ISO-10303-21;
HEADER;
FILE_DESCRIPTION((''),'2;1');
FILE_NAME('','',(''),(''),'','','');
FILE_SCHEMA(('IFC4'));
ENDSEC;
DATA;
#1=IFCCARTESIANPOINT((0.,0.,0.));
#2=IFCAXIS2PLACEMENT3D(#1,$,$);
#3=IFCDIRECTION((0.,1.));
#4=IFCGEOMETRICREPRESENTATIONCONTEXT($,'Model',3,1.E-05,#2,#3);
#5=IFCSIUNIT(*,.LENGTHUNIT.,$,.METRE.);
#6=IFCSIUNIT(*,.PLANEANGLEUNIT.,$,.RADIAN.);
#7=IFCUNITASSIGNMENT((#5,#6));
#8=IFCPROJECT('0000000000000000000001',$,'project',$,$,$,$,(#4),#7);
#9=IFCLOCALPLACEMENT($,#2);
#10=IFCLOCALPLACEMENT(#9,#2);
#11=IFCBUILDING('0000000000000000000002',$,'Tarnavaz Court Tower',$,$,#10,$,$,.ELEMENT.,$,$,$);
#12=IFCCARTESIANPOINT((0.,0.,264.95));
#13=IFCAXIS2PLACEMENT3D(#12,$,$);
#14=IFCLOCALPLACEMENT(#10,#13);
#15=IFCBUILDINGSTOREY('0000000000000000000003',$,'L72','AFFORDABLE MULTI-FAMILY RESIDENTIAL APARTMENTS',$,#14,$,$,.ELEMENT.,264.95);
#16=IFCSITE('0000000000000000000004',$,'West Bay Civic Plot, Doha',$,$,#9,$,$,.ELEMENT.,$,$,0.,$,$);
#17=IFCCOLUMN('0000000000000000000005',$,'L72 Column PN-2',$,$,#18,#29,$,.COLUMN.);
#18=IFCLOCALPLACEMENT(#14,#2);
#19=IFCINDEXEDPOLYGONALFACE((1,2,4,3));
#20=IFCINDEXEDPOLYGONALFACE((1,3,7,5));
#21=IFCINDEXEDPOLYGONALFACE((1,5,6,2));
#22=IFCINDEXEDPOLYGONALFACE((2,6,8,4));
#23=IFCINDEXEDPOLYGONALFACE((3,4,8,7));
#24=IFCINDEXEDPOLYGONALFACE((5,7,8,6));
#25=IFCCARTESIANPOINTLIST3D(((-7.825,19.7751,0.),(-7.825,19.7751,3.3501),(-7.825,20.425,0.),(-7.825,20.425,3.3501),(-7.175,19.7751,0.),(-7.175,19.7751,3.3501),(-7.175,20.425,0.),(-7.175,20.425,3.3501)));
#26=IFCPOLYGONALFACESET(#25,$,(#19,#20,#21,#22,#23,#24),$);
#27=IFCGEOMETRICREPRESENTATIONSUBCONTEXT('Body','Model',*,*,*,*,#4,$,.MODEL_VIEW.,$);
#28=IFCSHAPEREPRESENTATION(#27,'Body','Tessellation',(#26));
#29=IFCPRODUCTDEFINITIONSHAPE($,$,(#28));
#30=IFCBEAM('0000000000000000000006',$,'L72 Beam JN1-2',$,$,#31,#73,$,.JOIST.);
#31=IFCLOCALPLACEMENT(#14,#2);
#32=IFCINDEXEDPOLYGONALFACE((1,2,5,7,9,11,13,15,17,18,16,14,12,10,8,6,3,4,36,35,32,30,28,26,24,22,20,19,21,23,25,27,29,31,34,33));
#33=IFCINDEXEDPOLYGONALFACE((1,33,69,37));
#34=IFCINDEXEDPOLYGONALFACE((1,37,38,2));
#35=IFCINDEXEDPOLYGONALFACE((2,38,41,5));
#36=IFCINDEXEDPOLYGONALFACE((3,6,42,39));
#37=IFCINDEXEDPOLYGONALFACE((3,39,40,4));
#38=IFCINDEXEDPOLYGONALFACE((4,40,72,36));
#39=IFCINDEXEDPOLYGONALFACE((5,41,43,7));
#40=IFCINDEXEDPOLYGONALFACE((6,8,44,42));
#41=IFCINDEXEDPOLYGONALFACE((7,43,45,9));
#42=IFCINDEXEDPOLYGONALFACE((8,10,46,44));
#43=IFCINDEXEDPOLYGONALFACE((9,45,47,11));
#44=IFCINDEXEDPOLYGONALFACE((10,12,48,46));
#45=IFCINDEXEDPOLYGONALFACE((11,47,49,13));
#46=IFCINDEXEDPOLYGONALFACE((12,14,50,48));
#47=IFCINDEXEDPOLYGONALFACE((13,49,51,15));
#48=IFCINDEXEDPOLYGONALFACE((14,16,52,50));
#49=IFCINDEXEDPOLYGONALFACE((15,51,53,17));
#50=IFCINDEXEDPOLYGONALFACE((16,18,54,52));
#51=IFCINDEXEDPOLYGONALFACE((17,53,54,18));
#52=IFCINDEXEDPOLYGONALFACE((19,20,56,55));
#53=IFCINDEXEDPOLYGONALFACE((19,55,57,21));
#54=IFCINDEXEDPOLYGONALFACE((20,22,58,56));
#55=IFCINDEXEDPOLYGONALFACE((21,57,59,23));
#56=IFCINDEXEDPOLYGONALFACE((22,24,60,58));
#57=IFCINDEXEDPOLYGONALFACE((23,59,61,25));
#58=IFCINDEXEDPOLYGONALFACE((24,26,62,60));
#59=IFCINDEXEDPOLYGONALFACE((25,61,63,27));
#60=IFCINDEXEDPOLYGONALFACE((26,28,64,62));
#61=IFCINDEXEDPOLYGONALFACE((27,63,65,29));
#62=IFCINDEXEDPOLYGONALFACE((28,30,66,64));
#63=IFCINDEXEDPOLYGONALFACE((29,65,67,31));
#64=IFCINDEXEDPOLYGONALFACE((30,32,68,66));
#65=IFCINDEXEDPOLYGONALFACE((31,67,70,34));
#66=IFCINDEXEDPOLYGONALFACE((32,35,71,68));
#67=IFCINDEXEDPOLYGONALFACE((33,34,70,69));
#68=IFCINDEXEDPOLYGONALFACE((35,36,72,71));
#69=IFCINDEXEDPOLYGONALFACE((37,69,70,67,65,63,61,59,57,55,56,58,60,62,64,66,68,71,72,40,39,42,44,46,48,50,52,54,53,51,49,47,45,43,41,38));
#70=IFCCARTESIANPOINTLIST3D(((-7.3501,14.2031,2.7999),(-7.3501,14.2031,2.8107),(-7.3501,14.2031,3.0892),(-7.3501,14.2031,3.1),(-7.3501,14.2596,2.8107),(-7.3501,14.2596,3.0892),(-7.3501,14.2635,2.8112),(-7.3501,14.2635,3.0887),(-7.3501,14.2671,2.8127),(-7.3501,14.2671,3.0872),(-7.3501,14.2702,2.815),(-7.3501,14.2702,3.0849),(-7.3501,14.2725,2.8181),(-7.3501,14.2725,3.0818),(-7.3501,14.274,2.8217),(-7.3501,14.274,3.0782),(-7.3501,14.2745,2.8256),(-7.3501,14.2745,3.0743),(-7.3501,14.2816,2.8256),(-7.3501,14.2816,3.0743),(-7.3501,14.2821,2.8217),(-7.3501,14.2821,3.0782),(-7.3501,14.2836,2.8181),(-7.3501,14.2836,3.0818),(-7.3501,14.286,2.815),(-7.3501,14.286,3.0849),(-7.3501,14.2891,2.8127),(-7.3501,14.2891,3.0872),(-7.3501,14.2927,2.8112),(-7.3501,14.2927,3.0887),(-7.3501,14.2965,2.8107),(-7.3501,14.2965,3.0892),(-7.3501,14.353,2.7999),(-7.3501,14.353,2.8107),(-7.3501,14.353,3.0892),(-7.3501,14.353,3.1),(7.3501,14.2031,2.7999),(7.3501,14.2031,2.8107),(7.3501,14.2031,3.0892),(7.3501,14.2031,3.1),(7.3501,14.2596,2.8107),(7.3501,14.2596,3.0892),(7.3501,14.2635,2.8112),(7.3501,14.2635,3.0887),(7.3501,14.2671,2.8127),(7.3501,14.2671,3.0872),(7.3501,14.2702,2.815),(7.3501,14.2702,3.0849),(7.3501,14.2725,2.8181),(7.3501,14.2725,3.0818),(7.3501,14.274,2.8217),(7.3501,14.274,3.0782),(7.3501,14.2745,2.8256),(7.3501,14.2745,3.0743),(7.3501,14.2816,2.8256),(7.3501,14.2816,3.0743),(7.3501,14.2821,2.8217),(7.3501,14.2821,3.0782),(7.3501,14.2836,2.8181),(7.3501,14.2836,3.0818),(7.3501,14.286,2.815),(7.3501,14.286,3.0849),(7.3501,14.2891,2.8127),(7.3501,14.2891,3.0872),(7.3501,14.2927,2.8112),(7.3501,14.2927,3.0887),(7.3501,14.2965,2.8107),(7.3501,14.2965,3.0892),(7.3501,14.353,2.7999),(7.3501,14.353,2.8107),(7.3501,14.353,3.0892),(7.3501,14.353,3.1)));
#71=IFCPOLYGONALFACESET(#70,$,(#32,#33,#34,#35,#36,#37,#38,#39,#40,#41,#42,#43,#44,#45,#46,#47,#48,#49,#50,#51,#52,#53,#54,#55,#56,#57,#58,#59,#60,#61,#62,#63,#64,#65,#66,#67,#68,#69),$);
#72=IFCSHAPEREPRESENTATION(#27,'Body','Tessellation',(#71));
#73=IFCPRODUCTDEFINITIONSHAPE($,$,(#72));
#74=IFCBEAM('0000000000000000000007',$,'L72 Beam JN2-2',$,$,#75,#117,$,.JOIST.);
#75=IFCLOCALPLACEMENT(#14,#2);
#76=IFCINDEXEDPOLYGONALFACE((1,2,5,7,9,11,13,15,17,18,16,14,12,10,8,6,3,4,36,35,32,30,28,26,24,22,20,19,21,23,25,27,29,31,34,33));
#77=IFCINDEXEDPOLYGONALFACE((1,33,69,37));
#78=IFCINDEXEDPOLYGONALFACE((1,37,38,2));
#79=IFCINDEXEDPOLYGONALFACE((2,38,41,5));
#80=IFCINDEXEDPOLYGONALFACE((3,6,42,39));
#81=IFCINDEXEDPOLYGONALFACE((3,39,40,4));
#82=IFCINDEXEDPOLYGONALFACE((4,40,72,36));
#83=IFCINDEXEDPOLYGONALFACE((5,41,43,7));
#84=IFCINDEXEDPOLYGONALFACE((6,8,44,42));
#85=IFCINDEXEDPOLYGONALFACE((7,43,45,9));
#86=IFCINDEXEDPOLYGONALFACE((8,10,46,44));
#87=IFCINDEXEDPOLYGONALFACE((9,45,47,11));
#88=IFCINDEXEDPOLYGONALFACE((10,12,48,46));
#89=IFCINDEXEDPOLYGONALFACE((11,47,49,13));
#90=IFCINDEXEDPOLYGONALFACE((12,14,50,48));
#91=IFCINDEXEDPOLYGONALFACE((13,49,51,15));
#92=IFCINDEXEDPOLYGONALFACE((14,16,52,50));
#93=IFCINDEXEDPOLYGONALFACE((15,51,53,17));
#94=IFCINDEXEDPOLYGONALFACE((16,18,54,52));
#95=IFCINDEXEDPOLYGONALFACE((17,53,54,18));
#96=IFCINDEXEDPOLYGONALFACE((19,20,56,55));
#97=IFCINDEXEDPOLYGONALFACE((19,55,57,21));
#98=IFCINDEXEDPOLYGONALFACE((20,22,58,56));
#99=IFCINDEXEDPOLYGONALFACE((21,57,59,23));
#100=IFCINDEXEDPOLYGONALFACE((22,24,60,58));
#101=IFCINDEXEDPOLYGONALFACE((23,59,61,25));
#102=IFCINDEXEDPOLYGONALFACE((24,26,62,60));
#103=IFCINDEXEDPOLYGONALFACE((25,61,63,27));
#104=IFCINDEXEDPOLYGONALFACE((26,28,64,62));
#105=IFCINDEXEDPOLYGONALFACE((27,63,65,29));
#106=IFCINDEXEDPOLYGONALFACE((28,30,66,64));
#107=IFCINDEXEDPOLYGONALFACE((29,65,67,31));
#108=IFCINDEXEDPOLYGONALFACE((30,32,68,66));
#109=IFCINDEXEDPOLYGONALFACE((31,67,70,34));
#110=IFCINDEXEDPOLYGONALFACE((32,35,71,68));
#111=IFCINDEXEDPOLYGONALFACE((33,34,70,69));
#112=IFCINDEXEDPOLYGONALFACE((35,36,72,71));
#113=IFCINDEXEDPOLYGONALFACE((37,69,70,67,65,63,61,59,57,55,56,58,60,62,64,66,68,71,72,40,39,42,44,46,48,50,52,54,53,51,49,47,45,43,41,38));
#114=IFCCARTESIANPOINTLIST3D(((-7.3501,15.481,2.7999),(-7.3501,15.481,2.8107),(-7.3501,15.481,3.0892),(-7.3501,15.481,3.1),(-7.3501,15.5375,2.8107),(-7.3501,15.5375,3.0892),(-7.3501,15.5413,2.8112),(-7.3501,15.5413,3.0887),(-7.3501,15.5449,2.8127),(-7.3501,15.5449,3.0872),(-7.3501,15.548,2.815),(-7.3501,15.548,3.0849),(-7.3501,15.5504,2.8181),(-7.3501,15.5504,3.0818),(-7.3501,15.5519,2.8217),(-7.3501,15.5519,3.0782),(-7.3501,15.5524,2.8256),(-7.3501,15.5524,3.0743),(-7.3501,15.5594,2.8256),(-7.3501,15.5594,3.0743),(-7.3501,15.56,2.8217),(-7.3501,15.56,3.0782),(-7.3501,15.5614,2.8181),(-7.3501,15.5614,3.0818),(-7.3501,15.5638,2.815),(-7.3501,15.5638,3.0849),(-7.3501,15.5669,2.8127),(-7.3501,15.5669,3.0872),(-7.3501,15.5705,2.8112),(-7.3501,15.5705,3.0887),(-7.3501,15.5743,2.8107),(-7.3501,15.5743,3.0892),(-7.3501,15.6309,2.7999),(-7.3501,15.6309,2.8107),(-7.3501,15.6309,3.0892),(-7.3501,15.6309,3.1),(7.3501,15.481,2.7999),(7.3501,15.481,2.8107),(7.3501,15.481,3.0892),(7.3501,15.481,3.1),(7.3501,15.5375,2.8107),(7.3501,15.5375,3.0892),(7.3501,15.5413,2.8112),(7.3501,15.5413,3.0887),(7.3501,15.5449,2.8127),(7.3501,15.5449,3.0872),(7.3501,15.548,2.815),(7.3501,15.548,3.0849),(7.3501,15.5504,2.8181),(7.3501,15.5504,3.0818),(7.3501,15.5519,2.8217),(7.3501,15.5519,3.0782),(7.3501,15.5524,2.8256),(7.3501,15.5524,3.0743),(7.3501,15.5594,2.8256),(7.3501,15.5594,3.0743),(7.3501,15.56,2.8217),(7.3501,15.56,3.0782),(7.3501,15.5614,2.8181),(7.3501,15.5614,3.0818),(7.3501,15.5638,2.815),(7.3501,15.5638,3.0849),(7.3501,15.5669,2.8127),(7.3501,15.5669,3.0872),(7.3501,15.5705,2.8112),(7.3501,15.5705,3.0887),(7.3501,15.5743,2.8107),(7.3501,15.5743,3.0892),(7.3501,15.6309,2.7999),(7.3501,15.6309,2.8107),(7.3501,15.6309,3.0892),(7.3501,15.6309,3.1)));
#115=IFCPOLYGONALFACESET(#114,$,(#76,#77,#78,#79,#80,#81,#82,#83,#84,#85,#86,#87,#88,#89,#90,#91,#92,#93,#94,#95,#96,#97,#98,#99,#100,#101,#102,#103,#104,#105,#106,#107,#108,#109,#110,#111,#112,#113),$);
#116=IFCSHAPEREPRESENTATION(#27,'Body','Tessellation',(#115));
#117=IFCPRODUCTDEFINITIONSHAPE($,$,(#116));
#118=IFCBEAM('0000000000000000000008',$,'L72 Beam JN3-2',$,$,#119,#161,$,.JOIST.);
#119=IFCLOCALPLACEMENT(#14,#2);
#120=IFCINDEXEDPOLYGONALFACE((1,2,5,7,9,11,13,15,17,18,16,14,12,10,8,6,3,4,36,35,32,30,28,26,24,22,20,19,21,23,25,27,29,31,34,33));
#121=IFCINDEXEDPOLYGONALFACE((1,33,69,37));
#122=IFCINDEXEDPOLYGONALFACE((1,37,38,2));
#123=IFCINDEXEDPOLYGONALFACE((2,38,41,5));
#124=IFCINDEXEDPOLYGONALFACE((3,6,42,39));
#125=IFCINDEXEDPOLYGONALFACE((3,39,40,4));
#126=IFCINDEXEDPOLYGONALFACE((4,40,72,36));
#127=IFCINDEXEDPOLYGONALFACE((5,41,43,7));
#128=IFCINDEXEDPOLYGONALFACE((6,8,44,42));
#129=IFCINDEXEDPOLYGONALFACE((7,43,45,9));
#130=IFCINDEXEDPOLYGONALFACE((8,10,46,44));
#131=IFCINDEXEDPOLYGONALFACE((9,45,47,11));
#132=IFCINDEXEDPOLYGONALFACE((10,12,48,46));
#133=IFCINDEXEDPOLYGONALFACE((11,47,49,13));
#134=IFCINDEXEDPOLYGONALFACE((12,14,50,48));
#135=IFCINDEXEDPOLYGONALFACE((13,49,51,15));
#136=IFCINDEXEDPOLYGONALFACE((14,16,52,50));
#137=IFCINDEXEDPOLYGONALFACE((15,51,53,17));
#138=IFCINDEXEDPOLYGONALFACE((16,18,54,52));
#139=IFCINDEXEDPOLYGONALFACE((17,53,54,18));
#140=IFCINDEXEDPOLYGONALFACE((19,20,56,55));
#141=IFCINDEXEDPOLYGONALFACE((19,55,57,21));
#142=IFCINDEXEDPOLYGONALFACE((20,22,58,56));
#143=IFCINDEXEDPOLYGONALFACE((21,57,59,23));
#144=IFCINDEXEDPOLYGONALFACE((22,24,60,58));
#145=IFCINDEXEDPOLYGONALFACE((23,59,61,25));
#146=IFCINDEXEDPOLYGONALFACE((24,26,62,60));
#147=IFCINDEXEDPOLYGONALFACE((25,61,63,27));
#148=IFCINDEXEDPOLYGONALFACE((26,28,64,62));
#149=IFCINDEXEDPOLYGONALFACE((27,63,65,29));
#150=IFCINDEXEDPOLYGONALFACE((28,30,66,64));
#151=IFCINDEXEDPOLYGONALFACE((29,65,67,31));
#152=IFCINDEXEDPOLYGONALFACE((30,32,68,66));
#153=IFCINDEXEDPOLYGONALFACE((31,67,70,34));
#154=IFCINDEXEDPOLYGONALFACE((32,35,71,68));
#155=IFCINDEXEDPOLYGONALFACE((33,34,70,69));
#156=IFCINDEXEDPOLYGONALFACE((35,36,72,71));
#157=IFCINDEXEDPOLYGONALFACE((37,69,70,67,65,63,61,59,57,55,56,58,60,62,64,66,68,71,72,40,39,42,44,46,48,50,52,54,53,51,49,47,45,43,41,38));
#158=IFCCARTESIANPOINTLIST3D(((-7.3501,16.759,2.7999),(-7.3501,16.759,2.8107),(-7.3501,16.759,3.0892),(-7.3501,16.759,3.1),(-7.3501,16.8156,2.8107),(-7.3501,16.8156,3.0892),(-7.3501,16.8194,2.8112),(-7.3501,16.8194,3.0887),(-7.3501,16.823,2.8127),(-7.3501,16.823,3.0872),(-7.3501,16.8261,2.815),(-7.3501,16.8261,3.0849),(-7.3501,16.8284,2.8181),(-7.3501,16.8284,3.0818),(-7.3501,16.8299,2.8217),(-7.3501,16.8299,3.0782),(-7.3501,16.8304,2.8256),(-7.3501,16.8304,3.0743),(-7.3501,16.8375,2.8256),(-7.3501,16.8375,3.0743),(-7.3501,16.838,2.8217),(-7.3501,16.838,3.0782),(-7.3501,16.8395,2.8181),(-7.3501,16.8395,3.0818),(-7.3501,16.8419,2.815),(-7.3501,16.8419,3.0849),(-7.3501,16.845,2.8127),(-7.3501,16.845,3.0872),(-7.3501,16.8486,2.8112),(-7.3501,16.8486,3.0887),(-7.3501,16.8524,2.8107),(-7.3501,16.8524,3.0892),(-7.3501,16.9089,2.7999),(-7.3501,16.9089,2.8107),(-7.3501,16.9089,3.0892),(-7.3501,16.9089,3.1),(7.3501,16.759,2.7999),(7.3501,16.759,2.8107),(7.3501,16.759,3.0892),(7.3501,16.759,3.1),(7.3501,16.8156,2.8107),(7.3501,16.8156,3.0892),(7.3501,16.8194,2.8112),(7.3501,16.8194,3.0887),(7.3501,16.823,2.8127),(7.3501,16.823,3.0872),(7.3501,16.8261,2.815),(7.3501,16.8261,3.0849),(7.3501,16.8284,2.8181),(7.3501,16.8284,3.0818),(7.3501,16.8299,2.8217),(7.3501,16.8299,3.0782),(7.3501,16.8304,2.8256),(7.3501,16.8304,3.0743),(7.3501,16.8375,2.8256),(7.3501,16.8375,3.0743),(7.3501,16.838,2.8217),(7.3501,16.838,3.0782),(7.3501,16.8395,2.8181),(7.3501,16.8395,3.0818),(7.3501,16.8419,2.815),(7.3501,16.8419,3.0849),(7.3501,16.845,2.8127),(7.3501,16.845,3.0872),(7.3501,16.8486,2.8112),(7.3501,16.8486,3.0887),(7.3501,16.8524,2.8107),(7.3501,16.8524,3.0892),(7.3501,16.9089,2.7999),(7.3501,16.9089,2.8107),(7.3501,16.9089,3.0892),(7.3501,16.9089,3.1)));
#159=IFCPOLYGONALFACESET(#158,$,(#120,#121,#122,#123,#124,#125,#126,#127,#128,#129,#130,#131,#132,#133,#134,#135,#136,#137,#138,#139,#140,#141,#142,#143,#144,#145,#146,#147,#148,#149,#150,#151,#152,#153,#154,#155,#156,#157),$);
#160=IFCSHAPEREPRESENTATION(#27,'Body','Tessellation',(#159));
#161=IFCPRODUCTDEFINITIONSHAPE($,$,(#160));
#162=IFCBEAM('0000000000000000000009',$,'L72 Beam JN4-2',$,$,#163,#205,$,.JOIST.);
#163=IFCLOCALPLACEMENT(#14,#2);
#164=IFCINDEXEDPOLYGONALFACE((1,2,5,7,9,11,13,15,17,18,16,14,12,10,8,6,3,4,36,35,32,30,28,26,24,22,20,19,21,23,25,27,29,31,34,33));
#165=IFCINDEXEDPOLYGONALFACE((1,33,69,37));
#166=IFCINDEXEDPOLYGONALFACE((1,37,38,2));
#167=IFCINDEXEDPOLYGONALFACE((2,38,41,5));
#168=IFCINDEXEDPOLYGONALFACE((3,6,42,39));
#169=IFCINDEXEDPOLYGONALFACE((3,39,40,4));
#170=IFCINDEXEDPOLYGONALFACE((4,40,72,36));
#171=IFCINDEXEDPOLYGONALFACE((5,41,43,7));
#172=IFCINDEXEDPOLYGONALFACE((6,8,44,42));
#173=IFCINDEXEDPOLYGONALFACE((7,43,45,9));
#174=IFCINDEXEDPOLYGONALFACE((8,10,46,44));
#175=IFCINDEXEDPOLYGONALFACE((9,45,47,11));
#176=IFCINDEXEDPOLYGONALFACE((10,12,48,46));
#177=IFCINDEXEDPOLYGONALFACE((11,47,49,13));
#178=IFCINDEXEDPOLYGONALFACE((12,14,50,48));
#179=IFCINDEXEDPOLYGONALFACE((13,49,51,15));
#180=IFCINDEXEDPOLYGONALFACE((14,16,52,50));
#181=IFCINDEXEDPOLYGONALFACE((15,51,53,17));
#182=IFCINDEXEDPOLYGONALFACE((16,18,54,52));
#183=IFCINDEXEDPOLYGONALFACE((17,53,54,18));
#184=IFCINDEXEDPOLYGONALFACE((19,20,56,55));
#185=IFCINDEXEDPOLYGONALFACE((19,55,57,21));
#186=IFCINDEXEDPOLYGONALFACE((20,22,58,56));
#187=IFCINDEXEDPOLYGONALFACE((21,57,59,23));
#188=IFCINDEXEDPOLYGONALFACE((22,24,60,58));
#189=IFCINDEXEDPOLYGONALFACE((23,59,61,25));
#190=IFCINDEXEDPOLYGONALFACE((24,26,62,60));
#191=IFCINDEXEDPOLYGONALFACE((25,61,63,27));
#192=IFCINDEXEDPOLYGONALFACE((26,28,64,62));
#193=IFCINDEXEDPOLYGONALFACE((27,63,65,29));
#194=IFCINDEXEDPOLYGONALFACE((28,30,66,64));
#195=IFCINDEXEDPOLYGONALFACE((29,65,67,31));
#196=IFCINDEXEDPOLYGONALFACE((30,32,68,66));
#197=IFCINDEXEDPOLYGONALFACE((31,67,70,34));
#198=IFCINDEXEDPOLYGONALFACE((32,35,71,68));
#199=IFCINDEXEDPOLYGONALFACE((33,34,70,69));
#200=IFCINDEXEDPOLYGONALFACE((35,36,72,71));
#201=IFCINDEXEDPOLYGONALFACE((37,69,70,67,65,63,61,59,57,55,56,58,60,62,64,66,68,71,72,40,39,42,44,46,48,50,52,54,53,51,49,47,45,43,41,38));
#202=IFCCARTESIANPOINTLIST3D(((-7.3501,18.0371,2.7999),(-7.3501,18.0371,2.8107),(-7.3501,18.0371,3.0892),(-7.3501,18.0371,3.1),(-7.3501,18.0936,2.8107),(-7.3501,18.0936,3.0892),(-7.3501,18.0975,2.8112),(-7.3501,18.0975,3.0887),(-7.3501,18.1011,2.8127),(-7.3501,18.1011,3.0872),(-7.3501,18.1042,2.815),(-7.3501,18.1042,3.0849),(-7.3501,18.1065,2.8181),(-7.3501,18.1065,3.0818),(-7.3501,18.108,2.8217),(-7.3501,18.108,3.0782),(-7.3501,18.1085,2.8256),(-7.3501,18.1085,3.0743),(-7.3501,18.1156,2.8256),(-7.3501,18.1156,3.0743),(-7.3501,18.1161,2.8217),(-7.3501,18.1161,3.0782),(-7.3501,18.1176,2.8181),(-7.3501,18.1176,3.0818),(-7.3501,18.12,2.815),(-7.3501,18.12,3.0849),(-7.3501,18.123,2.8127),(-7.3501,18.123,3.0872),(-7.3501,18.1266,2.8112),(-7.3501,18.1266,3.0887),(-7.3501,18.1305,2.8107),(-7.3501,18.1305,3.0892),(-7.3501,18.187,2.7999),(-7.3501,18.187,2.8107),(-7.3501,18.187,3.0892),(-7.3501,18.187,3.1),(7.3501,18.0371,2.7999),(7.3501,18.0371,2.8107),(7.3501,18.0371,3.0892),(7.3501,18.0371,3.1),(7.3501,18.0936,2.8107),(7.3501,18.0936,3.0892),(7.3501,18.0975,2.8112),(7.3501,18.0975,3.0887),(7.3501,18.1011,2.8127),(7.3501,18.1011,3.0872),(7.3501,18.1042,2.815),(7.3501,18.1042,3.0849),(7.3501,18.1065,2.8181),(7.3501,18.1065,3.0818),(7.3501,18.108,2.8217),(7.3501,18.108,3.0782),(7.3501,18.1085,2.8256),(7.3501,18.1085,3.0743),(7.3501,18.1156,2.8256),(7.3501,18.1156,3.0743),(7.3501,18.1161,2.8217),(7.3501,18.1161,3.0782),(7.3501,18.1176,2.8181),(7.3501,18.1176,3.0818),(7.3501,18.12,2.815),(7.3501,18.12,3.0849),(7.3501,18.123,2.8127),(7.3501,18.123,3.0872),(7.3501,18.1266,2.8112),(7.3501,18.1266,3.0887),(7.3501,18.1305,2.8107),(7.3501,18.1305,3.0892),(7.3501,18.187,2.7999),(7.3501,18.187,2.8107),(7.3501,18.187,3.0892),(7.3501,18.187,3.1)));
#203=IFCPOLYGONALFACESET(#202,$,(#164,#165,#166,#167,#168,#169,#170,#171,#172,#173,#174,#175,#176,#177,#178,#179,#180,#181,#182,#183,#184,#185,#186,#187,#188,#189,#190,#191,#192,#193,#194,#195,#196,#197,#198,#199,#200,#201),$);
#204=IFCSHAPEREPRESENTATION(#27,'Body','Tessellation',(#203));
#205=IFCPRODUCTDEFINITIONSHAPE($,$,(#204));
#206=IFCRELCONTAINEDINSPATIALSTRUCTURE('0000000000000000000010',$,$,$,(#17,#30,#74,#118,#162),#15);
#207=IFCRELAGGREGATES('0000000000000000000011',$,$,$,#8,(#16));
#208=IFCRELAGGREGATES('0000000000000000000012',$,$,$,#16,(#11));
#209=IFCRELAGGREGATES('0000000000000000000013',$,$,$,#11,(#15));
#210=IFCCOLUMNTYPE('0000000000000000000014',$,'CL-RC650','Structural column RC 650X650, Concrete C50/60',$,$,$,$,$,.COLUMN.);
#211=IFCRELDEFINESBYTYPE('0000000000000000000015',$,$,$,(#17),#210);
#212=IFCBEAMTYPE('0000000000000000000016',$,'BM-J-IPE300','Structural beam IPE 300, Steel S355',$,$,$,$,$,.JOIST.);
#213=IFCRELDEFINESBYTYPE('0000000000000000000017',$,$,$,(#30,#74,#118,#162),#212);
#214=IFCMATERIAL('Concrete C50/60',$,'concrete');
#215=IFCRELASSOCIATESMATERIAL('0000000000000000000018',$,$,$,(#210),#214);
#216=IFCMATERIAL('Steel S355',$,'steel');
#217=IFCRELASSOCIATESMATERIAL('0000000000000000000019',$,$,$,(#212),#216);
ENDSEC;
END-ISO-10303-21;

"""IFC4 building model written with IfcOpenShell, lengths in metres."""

from ifc_helpers import new_model, si_unit, direction, frame, origin, origin_2d, place, context, subcontext, project, spatial, rectangle, i_section, extrude, material, material_profile, profile_set, type_object, element, save


model = new_model("IFC4")

# Units and contexts
model_context = context("Model", 3, precision=1e-05, world=origin(), true_north=direction((0.0, 1.0)))
body_context = subcontext(model_context, "Body", "Model", "MODEL_VIEW")
ifc_project = project(units=[si_unit("LENGTHUNIT", "METRE"), si_unit("PLANEANGLEUNIT", "RADIAN")], contexts=[model_context])

# Site, building, storey
site_placement = place(None, origin())
site = spatial("IfcSite", under=ifc_project, at=site_placement, Name="West Bay Civic Plot, Doha", CompositionType="ELEMENT", RefElevation=0.0)
building_placement = place(site_placement, origin())
building = spatial("IfcBuilding", under=site, at=building_placement, Name="Tarnavaz Court Tower", CompositionType="ELEMENT")
storey_placement = place(building_placement, frame((0.0, 0.0, 264.95)))
storey = spatial("IfcBuildingStorey", under=building, at=storey_placement, Name="L72", Description="AFFORDABLE MULTI-FAMILY RESIDENTIAL APARTMENTS", CompositionType="ELEMENT", Elevation=264.95)

# Column
ifc_material_1 = material(Name="Concrete C50/60", Category="concrete")
ifc_material_profile_1 = material_profile(ifc_material_1, rectangle(XDim=0.6499, YDim=0.6499, at=origin_2d()), Name="RC 650X650")
ifc_profile_set_1 = profile_set([ifc_material_profile_1], Name="Concrete C50/60")
column_type = type_object("IfcColumnType", Name="CL-RC650", Description="Structural column RC 650X650, Concrete C50/60", PredefinedType="COLUMN", material=ifc_profile_set_1)
column_placement = place(storey_placement, frame((-7.5, 20.1001, 0.0), z_axis=(0.0, 0.0, 1.0), x_axis=(1.0, 0.0, 0.0)))
element("IfcColumn", 1, at=column_placement, inside=storey, type_object=column_type, Name="L72 Column PN-2", PredefinedType="COLUMN", context=body_context, shape_type="SweptSolid", body=[
    extrude(rectangle(XDim=0.6499, YDim=0.6499, at=origin_2d()), origin(), (0.0, 0.0, 1.0), 3.3501),
])

# Beams
ifc_material_2 = material(Name="Steel S355", Category="steel")
ifc_material_profile_2 = material_profile(ifc_material_2, i_section(OverallWidth=0.1499, OverallDepth=0.3, WebThickness=0.0071, FlangeThickness=0.0107, FilletRadius=0.0149, at=origin_2d()), Name="IPE 300")
ifc_profile_set_2 = profile_set([ifc_material_profile_2], Name="Steel S355")
beam_type_1 = type_object("IfcBeamType", Name="BM-J-IPE300", Description="Structural beam IPE 300, Steel S355", PredefinedType="JOIST", material=ifc_profile_set_2)
for number, where, z_axis, x_axis, name in (
    (2, (-7.3501, 14.2781, 2.95), (1.0, 0.0, 0.0), (0.0, 1.0, 0.0), "L72 Beam JN1-2"),
    (3, (-7.3501, 15.5559, 2.95), (1.0, 0.0, 0.0), (0.0, 1.0, 0.0), "L72 Beam JN2-2"),
    (4, (-7.3501, 16.834, 2.95), (1.0, 0.0, 0.0), (0.0, 1.0, 0.0), "L72 Beam JN3-2"),
    (5, (-7.3501, 18.1121, 2.95), (1.0, 0.0, 0.0), (0.0, 1.0, 0.0), "L72 Beam JN4-2"),
):
    element("IfcBeam", number, at=place(storey_placement, frame(where, z_axis=z_axis, x_axis=x_axis)), inside=storey, type_object=beam_type_1, Name=name, PredefinedType="JOIST", context=body_context, shape_type="SweptSolid", body=[
        extrude(i_section(OverallWidth=0.1499, OverallDepth=0.3, WebThickness=0.0071, FlangeThickness=0.0107, FilletRadius=0.0149, at=origin_2d()), origin(), (0.0, 0.0, 1.0), 14.7002),
    ])

save(model, "model.ifc")
